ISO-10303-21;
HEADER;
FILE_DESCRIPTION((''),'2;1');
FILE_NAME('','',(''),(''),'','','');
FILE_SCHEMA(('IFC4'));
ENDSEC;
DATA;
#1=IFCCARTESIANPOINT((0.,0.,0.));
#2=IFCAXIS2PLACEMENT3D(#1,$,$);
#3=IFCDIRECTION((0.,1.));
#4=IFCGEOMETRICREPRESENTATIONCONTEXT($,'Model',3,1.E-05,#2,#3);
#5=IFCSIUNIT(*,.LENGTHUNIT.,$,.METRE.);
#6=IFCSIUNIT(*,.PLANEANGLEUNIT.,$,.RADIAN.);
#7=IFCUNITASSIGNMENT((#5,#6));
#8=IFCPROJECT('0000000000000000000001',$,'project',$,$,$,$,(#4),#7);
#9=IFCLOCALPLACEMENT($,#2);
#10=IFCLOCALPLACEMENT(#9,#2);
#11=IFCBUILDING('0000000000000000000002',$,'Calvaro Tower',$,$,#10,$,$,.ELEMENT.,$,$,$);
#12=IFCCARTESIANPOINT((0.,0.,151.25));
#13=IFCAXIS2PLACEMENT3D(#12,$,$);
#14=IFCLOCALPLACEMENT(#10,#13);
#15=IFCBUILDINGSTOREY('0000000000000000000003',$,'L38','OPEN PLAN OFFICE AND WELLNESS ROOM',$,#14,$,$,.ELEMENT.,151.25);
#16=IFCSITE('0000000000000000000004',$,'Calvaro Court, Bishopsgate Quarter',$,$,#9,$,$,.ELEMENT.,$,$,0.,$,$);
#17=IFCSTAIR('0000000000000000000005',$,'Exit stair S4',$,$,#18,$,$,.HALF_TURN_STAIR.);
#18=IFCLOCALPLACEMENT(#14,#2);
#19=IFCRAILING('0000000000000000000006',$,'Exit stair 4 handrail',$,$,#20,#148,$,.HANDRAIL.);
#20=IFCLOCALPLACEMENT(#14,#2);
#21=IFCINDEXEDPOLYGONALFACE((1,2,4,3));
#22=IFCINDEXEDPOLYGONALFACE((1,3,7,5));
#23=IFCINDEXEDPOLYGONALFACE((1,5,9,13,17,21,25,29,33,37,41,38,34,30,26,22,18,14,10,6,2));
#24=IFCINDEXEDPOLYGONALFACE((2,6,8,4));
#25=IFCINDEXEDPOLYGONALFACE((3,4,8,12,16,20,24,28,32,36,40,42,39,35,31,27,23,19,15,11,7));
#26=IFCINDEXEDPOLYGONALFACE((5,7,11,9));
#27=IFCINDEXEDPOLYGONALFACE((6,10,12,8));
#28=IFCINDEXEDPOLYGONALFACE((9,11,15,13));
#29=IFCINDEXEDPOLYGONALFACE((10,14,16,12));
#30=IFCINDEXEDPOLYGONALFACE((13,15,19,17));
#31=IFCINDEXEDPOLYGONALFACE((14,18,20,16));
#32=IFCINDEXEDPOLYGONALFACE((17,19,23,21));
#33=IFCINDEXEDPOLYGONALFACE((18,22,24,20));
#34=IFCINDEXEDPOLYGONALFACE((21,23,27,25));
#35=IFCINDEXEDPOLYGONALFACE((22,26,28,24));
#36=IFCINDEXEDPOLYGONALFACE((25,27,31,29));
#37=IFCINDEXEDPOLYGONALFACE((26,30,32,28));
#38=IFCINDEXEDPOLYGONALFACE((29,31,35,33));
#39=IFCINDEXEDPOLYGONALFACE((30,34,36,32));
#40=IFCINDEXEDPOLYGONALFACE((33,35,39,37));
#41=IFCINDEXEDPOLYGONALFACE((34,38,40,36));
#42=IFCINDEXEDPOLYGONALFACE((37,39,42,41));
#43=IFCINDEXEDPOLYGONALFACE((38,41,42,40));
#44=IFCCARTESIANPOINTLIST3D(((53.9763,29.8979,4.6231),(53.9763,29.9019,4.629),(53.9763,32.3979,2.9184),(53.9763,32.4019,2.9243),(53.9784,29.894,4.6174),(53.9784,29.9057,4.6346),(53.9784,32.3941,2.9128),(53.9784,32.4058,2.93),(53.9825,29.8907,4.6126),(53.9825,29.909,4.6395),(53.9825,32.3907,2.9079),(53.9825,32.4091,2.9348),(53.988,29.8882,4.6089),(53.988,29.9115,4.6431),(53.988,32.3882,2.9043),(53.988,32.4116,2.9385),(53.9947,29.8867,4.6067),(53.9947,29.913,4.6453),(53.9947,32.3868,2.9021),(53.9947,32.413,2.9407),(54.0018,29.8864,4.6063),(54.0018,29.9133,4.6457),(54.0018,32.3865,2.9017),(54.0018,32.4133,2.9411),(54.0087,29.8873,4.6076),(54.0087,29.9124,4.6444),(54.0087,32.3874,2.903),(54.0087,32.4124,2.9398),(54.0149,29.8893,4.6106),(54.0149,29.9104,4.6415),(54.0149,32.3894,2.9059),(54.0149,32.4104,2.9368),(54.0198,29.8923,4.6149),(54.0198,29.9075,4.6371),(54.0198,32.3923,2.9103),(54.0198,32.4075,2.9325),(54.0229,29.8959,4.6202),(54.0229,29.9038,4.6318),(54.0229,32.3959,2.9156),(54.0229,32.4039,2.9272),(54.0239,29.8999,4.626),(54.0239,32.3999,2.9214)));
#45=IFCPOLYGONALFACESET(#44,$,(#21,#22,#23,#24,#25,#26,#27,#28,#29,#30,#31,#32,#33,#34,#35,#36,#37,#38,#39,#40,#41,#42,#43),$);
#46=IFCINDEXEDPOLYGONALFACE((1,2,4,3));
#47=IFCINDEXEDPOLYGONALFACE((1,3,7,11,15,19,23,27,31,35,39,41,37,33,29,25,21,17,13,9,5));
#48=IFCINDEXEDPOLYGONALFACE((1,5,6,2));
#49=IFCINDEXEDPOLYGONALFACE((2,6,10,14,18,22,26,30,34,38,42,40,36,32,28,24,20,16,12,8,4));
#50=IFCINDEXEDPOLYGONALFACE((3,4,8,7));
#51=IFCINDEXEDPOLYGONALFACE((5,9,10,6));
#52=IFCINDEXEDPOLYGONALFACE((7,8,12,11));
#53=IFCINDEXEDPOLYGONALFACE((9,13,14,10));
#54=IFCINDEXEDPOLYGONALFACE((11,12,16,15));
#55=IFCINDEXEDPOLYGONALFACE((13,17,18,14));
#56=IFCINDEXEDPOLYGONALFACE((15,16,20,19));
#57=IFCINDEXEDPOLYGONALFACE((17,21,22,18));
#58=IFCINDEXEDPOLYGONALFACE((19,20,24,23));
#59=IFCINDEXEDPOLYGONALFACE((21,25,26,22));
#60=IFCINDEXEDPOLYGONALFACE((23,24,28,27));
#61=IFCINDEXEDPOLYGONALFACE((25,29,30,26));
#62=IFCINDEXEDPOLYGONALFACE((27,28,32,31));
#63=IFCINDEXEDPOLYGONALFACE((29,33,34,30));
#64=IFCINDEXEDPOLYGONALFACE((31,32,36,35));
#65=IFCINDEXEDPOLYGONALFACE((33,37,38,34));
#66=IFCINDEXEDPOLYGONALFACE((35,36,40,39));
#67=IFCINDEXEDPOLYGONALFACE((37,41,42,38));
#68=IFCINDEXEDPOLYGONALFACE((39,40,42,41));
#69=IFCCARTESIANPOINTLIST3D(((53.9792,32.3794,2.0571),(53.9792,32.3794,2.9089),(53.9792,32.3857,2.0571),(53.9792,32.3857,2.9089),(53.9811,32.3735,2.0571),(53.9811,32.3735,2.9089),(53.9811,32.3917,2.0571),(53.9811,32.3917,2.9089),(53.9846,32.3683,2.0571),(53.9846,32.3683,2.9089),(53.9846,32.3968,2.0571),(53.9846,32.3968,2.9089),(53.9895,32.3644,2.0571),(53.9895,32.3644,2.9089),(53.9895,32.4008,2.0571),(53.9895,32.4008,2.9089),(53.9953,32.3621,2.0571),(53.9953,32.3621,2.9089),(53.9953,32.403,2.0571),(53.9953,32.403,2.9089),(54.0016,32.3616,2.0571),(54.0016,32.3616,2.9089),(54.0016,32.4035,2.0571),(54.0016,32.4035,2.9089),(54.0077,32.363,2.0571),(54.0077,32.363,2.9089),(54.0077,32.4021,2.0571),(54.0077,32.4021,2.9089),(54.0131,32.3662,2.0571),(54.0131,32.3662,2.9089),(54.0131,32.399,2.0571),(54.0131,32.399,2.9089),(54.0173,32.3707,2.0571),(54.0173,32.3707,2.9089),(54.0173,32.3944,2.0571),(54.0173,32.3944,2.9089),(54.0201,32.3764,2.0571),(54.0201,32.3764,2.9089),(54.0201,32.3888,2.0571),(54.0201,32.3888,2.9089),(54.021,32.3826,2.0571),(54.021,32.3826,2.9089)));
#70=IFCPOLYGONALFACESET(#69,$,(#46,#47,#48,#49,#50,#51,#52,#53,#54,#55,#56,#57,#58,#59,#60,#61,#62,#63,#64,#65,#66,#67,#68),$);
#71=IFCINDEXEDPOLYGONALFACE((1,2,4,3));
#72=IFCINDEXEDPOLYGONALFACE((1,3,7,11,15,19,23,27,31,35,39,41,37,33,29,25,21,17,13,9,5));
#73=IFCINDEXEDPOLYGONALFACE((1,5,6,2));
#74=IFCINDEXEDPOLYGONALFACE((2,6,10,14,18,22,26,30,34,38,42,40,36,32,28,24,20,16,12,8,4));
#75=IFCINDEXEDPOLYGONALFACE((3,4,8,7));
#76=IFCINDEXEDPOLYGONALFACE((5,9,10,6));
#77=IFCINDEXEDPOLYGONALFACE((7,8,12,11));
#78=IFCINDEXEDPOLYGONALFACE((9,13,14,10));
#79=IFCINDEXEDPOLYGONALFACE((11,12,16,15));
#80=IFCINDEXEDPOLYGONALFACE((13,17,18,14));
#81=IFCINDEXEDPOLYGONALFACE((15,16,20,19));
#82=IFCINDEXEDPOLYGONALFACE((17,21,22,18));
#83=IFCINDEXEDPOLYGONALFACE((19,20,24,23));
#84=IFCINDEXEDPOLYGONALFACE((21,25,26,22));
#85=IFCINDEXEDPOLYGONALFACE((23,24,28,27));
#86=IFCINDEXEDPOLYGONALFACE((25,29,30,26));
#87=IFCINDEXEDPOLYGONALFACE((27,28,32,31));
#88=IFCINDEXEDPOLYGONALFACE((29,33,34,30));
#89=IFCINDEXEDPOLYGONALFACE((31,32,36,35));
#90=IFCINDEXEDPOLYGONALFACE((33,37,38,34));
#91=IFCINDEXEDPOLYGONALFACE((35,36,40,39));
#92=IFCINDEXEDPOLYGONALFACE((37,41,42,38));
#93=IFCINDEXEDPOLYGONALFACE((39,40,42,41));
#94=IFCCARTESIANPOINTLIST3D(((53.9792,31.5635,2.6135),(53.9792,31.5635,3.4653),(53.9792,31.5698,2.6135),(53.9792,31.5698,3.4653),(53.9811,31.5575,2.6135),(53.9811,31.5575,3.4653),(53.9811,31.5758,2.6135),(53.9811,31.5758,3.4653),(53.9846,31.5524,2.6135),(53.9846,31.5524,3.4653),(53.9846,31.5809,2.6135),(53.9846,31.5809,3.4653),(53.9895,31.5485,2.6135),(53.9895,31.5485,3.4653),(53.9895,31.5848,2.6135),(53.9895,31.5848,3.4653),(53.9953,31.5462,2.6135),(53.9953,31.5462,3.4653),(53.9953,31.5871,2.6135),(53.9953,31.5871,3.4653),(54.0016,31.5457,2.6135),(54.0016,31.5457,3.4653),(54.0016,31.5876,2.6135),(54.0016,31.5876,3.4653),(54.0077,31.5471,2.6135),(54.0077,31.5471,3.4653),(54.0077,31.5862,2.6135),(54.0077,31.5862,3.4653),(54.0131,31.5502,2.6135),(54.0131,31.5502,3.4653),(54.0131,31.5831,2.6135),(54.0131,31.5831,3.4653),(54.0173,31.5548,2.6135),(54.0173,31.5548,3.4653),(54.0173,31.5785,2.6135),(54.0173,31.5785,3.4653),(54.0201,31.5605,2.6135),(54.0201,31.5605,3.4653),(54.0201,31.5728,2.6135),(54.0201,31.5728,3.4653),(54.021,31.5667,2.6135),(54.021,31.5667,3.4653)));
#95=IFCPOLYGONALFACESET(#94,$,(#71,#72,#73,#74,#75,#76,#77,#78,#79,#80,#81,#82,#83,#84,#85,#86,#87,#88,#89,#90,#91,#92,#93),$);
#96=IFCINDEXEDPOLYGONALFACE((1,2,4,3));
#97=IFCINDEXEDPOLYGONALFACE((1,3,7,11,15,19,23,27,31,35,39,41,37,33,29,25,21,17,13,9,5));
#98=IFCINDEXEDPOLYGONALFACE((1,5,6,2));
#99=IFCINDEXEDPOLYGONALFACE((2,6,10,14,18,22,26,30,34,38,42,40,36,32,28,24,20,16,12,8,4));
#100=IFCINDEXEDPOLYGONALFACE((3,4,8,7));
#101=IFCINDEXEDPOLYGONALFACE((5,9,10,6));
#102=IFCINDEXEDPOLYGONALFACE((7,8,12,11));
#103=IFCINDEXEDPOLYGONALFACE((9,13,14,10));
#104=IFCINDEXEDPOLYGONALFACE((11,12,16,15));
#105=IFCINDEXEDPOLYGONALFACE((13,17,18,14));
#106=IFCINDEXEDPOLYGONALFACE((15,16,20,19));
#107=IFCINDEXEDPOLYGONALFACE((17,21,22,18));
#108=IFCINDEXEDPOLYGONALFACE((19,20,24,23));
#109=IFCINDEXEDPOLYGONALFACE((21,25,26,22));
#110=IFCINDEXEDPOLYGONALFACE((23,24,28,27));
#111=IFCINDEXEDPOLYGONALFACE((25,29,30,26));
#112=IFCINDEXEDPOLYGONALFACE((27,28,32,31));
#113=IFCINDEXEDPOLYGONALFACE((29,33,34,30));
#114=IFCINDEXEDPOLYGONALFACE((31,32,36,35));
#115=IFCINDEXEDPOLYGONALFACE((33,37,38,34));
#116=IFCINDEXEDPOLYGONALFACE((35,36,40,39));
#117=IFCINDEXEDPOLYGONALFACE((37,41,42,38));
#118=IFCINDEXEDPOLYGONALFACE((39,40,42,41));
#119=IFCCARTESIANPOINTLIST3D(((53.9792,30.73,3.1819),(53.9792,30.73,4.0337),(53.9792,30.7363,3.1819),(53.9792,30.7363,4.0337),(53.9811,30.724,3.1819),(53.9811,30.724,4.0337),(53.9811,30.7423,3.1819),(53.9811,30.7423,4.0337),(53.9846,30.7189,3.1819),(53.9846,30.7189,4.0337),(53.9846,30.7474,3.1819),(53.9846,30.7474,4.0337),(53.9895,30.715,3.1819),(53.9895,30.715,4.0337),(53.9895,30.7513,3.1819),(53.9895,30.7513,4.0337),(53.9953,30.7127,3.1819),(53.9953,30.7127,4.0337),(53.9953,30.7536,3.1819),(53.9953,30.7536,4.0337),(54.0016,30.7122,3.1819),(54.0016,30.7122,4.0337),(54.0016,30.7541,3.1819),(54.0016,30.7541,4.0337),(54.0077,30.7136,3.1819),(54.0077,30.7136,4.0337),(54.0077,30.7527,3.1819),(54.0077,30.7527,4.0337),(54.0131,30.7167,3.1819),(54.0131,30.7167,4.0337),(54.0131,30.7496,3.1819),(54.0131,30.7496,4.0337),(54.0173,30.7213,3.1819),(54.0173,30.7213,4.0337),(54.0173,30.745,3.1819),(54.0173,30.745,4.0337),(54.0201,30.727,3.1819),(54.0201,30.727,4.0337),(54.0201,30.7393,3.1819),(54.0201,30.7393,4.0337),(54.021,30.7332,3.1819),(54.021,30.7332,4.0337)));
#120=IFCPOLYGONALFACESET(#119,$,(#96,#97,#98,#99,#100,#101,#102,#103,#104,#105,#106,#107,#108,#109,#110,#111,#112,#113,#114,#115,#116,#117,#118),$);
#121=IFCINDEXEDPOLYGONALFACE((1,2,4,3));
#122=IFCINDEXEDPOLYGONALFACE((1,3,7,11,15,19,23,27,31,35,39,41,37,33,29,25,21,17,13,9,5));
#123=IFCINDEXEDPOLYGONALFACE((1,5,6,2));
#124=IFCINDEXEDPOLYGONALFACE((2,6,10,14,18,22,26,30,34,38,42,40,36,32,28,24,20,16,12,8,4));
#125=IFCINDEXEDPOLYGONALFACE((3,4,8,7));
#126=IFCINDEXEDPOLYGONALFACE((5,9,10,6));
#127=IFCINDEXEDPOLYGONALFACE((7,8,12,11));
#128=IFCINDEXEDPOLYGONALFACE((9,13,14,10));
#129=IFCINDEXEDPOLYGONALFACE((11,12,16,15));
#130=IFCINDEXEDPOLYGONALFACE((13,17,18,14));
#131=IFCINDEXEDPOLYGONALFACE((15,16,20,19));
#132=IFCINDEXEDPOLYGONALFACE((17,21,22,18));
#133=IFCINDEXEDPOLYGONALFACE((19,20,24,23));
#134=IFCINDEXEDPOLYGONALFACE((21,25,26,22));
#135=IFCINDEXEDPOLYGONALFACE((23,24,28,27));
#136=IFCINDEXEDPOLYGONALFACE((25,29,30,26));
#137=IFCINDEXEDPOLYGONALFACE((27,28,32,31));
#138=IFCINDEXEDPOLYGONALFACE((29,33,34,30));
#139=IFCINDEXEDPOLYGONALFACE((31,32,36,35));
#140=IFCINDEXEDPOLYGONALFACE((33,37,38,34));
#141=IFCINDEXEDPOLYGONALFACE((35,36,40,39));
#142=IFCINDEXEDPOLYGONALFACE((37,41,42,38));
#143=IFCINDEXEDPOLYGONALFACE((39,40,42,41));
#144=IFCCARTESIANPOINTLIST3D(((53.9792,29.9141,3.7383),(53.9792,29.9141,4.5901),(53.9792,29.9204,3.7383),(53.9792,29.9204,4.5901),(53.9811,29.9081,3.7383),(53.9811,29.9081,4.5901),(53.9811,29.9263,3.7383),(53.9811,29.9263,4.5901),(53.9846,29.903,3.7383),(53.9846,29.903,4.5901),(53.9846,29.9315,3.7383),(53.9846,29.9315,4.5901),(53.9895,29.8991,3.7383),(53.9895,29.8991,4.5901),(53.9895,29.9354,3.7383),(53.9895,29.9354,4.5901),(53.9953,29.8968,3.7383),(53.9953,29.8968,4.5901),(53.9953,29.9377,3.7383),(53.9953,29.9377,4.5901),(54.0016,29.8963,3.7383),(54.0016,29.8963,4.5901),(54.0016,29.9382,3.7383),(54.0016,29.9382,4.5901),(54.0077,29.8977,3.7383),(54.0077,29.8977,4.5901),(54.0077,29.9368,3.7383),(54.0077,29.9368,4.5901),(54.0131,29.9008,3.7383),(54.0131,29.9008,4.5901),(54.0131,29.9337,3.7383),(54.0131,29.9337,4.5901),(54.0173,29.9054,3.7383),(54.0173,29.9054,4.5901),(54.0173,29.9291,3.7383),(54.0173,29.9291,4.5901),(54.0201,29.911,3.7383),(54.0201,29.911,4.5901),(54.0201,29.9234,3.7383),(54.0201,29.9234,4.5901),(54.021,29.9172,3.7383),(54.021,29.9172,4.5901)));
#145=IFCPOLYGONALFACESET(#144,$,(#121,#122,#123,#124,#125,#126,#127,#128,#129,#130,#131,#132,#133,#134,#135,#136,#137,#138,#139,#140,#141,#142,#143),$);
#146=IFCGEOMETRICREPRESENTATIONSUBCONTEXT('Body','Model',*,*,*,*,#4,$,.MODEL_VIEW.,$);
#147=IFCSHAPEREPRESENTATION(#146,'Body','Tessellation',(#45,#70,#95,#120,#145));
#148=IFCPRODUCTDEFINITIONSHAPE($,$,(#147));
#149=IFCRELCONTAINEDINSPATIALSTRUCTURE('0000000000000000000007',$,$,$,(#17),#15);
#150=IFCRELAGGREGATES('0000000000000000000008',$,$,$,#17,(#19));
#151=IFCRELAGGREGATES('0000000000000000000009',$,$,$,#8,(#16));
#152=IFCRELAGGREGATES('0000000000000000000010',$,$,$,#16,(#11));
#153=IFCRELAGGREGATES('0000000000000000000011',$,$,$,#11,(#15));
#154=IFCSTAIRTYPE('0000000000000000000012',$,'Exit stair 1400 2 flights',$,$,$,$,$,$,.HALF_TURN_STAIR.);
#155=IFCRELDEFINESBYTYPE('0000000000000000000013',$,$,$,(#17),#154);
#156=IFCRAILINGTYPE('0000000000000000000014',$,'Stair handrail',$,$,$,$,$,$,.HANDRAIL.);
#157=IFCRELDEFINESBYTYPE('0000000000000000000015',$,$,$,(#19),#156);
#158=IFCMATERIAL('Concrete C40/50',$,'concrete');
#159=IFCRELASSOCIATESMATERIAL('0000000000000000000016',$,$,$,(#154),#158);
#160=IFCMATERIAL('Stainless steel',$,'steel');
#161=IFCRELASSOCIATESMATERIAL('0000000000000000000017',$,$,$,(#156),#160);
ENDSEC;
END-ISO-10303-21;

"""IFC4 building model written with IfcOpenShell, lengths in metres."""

from ifc_helpers import new_model, si_unit, direction, frame, origin, origin_2d, place, context, subcontext, project, spatial, circle, extrude, material, type_object, element, aggregate, save


model = new_model("IFC4")

# Units and contexts
model_context = context("Model", 3, precision=1e-05, world=origin(), true_north=direction((0.0, 1.0)))
body_context = subcontext(model_context, "Body", "Model", "MODEL_VIEW")
ifc_project = project(units=[si_unit("LENGTHUNIT", "METRE"), si_unit("PLANEANGLEUNIT", "RADIAN")], contexts=[model_context])

# Site, building, storey
site_placement = place(None, origin())
site = spatial("IfcSite", under=ifc_project, at=site_placement, Name="Calvaro Court, Bishopsgate Quarter", CompositionType="ELEMENT", RefElevation=0.0)
building_placement = place(site_placement, origin())
building = spatial("IfcBuilding", under=site, at=building_placement, Name="Calvaro Tower", CompositionType="ELEMENT")
storey_placement = place(building_placement, frame((0.0, 0.0, 151.25)))
storey = spatial("IfcBuildingStorey", under=building, at=storey_placement, Name="L38", Description="OPEN PLAN OFFICE AND WELLNESS ROOM", CompositionType="ELEMENT", Elevation=151.25)

# Stair
ifc_material_1 = material(Name="Concrete C40/50", Category="concrete")
stair_type = type_object("IfcStairType", Name="Exit stair 1400 2 flights", PredefinedType="HALF_TURN_STAIR", material=ifc_material_1)
stair_1_placement = place(storey_placement, origin())
stair_1 = element("IfcStair", 1, at=stair_1_placement, inside=storey, type_object=stair_type, Name="Exit stair S4", PredefinedType="HALF_TURN_STAIR")

# Railing
ifc_material_2 = material(Name="Stainless steel", Category="steel")
railing_type = type_object("IfcRailingType", Name="Stair handrail", PredefinedType="HANDRAIL", material=ifc_material_2)
railing_1_placement = place(storey_placement, frame((54.0, 32.3999, 2.0454)))
railing_1 = element("IfcRailing", 2, at=railing_1_placement, type_object=railing_type, Name="Exit stair 4 handrail", PredefinedType="HANDRAIL", context=body_context, shape_type="SweptSolid", body=[
    extrude(circle(Radius=0.0239, at=origin_2d()), frame((0.0, 0.0, 0.876), z_axis=(0.0, -0.826221, 0.563347), x_axis=(1.0, 0.0, 0.0)), (0.0, 0.0, 1.0), 3.0259),
    extrude(circle(Radius=0.021, at=origin_2d()), frame((0.0, -0.0173, 0.0117)), (0.0, 0.0, 1.0), 0.8518),
    extrude(circle(Radius=0.021, at=origin_2d()), frame((0.0, -0.8333, 0.5681)), (0.0, 0.0, 1.0), 0.8518),
    extrude(circle(Radius=0.021, at=origin_2d()), frame((0.0, -1.6667, 1.1365)), (0.0, 0.0, 1.0), 0.8518),
    extrude(circle(Radius=0.021, at=origin_2d()), frame((0.0, -2.4827, 1.6929)), (0.0, 0.0, 1.0), 0.8518),
])
aggregate(stair_1, [railing_1])

save(model, "model.ifc")
